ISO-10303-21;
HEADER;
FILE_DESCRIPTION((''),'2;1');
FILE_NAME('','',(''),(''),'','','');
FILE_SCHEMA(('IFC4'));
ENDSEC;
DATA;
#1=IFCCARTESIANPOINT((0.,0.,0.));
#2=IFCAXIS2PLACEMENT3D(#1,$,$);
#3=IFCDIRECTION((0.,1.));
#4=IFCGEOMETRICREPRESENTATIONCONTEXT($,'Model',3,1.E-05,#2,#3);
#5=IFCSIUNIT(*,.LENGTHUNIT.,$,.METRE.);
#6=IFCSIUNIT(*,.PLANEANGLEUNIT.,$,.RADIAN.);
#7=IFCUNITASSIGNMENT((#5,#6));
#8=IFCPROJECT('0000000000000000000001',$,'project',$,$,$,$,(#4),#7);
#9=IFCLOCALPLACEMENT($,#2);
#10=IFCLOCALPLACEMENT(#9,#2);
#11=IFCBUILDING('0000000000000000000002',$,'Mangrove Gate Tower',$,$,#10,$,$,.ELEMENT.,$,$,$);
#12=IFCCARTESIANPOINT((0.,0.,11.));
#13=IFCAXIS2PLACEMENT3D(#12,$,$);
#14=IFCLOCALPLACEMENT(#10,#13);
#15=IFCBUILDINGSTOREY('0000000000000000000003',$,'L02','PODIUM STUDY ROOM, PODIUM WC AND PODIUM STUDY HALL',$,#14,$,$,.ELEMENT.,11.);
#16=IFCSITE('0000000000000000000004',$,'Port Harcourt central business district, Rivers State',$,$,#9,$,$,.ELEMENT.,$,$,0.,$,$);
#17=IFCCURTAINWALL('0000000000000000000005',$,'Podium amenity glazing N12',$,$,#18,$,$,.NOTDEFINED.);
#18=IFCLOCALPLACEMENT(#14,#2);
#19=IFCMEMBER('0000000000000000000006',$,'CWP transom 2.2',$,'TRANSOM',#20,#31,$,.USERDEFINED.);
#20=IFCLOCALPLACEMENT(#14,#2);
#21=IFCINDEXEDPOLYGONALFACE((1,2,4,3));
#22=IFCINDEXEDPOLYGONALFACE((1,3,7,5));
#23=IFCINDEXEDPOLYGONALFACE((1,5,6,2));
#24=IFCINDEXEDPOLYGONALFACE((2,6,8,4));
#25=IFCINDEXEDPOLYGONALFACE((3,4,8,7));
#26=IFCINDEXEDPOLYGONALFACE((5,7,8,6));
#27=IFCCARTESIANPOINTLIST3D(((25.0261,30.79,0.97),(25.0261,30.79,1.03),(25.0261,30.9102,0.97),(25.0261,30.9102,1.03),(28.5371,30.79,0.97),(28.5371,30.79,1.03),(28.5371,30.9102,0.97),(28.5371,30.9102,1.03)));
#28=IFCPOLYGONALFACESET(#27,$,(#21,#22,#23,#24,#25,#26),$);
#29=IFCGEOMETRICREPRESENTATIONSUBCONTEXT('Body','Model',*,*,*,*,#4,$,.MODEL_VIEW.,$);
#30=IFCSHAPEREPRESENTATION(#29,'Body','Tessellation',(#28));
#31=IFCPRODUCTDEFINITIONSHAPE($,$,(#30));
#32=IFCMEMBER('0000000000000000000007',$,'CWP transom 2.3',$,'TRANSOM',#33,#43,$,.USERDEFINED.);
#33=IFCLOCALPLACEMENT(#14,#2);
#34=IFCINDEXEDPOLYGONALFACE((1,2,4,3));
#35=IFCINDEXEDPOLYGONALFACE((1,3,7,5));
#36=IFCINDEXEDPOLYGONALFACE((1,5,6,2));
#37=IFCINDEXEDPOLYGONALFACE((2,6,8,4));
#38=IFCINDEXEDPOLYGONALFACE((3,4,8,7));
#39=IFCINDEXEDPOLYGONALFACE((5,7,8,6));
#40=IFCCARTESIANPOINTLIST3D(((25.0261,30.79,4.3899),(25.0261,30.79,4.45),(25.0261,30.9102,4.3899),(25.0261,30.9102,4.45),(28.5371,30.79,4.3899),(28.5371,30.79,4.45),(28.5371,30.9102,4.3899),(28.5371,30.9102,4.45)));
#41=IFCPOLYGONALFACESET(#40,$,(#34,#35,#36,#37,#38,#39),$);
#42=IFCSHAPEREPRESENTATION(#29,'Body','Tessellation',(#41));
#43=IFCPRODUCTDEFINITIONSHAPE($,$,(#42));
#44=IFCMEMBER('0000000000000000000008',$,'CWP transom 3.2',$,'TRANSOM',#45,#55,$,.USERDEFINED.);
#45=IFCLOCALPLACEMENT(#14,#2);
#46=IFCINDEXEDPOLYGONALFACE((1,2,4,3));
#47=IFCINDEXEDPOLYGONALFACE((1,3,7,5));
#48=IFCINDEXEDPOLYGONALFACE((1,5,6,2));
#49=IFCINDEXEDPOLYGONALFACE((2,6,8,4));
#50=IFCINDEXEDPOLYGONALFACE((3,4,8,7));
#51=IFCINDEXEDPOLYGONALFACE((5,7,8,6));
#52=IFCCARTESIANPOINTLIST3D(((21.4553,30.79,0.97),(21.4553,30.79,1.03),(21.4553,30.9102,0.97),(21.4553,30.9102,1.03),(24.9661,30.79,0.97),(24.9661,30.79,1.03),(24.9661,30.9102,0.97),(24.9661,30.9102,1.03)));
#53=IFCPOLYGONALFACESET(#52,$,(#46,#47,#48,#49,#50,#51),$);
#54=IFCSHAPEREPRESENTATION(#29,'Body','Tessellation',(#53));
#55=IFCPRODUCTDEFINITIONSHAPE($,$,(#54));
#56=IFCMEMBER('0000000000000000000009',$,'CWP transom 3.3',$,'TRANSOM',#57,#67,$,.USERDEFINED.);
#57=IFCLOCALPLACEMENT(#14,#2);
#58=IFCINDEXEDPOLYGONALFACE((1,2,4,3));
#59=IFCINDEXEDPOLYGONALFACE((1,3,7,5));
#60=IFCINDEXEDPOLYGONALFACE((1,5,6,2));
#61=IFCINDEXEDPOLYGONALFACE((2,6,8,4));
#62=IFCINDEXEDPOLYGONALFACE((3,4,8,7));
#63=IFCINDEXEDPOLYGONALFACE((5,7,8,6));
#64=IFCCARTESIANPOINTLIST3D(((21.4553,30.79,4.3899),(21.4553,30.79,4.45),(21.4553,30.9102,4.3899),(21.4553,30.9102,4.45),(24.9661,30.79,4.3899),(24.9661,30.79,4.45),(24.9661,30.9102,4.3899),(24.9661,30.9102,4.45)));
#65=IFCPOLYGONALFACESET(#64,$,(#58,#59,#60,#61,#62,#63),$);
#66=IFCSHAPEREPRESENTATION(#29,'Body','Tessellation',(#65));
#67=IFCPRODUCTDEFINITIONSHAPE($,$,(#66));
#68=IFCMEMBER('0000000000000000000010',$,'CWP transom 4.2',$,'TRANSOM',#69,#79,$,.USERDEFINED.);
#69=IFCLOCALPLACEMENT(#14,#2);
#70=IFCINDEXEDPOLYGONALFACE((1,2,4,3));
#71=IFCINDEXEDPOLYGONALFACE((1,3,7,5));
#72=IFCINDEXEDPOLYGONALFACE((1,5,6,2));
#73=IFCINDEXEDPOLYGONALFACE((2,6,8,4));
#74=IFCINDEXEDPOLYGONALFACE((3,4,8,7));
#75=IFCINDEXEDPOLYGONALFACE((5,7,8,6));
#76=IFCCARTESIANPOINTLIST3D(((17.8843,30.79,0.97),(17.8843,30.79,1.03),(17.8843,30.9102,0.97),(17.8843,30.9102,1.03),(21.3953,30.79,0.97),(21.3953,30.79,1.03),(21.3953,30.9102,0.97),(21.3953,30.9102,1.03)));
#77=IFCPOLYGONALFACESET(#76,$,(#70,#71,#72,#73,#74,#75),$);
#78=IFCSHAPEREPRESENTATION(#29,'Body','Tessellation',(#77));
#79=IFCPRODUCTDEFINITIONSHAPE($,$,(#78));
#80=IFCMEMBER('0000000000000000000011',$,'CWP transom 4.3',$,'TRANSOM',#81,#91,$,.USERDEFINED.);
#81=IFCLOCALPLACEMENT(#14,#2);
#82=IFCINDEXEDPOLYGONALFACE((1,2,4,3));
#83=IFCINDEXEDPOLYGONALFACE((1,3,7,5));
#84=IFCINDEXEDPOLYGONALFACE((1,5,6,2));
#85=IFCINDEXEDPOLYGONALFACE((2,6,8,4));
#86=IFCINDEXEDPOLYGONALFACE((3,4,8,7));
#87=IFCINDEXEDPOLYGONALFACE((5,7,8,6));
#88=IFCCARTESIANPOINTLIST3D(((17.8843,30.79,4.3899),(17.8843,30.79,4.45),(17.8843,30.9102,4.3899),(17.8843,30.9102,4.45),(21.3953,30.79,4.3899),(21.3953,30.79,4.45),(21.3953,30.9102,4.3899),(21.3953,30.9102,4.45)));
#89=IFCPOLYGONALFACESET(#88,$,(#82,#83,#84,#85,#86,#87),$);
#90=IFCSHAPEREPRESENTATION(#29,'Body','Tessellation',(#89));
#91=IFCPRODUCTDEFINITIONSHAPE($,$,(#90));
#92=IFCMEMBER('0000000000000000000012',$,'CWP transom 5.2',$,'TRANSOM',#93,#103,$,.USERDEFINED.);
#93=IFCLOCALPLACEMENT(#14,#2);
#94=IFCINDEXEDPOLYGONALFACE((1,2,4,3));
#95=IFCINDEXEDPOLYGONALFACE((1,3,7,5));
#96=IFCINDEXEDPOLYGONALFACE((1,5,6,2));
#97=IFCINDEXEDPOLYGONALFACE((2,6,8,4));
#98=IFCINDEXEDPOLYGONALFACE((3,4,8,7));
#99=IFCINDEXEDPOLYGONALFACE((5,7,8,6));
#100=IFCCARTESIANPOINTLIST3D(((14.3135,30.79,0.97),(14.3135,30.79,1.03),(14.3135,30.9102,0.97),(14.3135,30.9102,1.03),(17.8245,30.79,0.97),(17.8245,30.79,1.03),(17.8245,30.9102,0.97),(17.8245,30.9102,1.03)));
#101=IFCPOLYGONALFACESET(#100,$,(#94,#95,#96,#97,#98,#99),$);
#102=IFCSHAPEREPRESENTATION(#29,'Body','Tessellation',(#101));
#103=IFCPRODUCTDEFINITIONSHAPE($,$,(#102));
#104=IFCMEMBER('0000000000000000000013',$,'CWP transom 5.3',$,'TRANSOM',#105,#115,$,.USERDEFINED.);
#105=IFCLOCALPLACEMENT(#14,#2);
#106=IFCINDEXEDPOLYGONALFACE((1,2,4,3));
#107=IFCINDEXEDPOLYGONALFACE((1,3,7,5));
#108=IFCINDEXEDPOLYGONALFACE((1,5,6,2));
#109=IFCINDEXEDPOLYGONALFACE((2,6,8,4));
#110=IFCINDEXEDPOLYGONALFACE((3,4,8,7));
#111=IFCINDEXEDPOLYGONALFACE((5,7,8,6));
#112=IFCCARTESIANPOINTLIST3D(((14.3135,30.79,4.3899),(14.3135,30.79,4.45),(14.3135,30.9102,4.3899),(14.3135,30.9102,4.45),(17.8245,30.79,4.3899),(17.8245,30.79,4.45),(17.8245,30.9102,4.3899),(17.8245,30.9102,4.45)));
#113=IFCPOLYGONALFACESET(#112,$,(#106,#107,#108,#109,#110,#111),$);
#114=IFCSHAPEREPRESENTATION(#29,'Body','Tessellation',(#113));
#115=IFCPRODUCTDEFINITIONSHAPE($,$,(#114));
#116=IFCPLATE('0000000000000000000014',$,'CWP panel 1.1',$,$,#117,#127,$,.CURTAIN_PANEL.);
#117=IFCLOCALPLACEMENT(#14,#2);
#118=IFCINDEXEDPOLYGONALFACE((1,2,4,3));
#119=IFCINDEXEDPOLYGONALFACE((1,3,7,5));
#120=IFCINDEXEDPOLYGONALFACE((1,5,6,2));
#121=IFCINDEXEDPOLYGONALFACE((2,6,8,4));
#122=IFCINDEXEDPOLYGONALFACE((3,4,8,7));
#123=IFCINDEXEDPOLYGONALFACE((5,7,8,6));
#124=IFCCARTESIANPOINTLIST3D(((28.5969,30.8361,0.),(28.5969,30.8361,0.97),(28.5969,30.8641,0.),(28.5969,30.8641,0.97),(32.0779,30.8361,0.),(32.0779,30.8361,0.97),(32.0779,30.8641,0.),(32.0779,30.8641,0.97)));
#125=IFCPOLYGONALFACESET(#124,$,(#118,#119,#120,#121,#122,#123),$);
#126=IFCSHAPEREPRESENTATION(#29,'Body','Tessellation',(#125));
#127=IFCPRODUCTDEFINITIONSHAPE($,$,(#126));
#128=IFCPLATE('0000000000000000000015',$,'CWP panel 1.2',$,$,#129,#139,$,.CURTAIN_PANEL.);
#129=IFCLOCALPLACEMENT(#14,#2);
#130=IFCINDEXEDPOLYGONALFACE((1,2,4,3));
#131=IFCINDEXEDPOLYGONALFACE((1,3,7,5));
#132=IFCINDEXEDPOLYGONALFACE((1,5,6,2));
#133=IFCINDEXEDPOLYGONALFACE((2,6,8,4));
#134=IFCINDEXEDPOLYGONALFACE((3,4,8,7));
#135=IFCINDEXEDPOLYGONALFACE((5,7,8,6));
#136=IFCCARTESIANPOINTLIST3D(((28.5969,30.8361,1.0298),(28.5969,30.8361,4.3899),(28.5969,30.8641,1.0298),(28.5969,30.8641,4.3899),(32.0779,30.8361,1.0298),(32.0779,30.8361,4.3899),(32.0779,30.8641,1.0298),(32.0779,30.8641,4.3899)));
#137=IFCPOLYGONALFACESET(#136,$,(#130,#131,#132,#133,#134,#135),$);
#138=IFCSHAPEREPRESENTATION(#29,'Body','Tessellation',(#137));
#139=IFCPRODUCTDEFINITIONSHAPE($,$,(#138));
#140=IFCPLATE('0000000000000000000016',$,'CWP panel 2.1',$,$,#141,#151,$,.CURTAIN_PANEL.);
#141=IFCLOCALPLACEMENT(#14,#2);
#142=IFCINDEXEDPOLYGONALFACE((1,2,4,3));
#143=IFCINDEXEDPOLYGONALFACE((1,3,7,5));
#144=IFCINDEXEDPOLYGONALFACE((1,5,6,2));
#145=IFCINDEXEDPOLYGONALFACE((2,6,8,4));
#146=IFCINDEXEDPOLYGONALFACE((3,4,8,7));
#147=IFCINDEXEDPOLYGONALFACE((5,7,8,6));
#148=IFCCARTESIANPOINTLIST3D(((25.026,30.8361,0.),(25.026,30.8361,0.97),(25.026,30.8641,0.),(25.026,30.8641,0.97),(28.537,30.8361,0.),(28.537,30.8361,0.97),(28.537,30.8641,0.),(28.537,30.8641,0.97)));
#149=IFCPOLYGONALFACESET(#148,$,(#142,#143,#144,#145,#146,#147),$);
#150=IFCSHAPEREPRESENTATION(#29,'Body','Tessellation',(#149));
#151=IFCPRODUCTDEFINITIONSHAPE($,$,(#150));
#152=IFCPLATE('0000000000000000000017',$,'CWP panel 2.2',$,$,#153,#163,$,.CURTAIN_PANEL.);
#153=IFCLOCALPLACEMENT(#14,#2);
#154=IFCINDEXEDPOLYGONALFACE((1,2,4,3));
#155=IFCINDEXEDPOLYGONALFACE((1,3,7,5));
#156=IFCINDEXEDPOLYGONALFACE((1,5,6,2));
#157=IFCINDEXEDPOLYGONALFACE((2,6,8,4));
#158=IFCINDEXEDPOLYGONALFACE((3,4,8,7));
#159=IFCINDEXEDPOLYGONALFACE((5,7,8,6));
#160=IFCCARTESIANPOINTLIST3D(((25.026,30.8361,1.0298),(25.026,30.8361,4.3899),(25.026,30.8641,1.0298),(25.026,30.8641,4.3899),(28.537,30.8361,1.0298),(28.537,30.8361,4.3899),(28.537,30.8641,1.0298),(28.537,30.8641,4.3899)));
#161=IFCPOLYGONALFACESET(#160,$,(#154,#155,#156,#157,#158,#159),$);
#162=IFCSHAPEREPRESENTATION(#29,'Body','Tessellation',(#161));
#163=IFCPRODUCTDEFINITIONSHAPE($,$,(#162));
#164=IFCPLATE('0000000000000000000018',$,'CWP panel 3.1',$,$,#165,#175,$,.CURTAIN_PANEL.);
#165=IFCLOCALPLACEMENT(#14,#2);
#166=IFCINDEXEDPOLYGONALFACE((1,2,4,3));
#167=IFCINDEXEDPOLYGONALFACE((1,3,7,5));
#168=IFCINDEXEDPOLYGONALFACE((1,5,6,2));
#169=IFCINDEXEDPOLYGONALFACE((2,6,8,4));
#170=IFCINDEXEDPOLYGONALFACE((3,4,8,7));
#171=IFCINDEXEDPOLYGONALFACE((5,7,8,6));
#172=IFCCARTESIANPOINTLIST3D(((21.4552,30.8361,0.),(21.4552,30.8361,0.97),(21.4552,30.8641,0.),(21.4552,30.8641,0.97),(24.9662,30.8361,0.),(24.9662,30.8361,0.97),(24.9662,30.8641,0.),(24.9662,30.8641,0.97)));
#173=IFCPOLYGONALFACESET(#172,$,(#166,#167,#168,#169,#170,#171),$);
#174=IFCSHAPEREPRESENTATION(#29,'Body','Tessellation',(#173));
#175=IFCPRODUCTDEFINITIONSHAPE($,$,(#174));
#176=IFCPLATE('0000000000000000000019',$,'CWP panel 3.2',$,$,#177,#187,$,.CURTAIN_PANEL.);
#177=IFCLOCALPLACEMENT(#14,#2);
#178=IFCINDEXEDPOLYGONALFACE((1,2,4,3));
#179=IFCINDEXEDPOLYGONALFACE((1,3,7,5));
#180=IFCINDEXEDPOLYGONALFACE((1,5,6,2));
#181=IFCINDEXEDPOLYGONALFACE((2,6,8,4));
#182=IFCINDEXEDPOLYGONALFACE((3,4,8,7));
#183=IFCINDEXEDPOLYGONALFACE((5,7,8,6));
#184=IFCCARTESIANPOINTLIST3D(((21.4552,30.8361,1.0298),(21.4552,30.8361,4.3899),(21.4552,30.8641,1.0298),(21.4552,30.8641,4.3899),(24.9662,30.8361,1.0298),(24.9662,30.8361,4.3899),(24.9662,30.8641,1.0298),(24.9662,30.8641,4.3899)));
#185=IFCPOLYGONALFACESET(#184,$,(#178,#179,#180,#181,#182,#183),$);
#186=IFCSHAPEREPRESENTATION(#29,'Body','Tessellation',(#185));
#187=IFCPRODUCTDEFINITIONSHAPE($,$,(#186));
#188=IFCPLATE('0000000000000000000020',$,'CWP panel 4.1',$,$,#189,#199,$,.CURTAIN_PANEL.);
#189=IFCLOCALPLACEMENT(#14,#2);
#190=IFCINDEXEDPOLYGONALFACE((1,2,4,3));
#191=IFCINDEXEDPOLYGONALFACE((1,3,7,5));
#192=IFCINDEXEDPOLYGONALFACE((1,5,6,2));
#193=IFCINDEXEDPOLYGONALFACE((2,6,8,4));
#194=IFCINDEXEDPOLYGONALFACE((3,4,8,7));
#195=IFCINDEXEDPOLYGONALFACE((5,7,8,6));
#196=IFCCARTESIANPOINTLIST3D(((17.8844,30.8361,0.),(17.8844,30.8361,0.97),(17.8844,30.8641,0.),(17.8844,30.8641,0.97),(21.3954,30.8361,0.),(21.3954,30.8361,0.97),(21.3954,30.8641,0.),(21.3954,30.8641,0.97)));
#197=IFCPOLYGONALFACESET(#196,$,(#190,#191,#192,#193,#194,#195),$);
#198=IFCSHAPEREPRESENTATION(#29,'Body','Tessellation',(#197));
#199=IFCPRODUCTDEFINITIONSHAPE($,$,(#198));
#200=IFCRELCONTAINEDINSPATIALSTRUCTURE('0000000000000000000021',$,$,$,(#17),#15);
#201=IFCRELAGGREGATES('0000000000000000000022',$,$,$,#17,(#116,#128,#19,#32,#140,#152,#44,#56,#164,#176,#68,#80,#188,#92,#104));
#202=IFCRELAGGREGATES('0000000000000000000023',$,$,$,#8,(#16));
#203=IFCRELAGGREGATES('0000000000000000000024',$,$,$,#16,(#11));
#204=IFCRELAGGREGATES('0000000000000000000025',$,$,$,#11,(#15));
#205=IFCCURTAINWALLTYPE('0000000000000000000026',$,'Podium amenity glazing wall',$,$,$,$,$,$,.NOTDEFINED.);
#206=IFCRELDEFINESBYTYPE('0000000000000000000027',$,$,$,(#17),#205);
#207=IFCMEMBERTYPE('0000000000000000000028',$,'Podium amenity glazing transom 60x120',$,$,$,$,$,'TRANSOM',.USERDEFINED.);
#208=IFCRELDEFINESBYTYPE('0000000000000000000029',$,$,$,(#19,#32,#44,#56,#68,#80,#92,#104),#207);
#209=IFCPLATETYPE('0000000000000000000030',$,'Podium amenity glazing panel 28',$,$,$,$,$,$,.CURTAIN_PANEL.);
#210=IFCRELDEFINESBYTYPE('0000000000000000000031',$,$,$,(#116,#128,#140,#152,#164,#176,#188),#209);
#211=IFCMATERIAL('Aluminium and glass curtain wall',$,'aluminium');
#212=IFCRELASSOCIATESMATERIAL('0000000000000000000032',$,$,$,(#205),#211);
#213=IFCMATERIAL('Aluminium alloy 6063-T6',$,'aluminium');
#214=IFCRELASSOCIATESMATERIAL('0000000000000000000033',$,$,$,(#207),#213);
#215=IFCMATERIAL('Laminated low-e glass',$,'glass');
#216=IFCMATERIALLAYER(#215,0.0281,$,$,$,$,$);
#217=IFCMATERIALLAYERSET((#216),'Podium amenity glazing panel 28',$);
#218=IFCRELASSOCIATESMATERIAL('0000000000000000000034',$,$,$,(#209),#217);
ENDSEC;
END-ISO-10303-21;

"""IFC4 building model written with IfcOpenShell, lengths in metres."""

from ifc_helpers import new_model, si_unit, direction, frame, origin, origin_2d, place, context, subcontext, project, spatial, rectangle, extrude, material, layer, layer_set, material_profile, profile_set, type_object, element, aggregate, save


model = new_model("IFC4")

# Units and contexts
model_context = context("Model", 3, precision=1e-05, world=origin(), true_north=direction((0.0, 1.0)))
body_context = subcontext(model_context, "Body", "Model", "MODEL_VIEW")
ifc_project = project(units=[si_unit("LENGTHUNIT", "METRE"), si_unit("PLANEANGLEUNIT", "RADIAN")], contexts=[model_context])

# Site, building, storey
site_placement = place(None, origin())
site = spatial("IfcSite", under=ifc_project, at=site_placement, Name="Port Harcourt central business district, Rivers State", CompositionType="ELEMENT", RefElevation=0.0)
building_placement = place(site_placement, origin())
building = spatial("IfcBuilding", under=site, at=building_placement, Name="Mangrove Gate Tower", CompositionType="ELEMENT")
storey_placement = place(building_placement, frame((0.0, 0.0, 11.0)))
storey = spatial("IfcBuildingStorey", under=building, at=storey_placement, Name="L02", Description="PODIUM STUDY ROOM, PODIUM WC AND PODIUM STUDY HALL", CompositionType="ELEMENT", Elevation=11.0)

# Curtain wall, members, plates
ifc_material_1 = material(Name="Aluminium and glass curtain wall", Category="aluminium")
curtain_wall_type = type_object("IfcCurtainWallType", Name="Podium amenity glazing wall", PredefinedType="NOTDEFINED", material=ifc_material_1)
curtain_wall_placement = place(storey_placement, origin())
curtain_wall = element("IfcCurtainWall", 1, at=curtain_wall_placement, inside=storey, type_object=curtain_wall_type, Name="Podium amenity glazing N12", PredefinedType="NOTDEFINED")
ifc_material_2 = material(Name="Aluminium alloy 6063-T6", Category="aluminium")
ifc_material_profile_1 = material_profile(ifc_material_2, rectangle(XDim=0.0601, YDim=0.1201, at=origin_2d()))
ifc_profile_set_1 = profile_set([ifc_material_profile_1], Name="Aluminium alloy 6063-T6")
member_type_1 = type_object("IfcMemberType", Name="Podium amenity glazing transom 60x120", ElementType="TRANSOM", PredefinedType="USERDEFINED", material=ifc_profile_set_1)
member_1_placement = place(storey_placement, frame((28.5371, 30.8501, 1.0), z_axis=(-1.0, 0.0, 0.0), x_axis=(0.0, 0.0, 1.0)))
member_1 = element("IfcMember", 2, at=member_1_placement, type_object=member_type_1, Name="CWP transom 2.2", ObjectType="TRANSOM", PredefinedType="USERDEFINED", context=body_context, shape_type="SweptSolid", body=[
    extrude(rectangle(XDim=0.0601, YDim=0.1201, at=origin_2d()), origin(), (0.0, 0.0, 1.0), 3.511),
])
member_2_placement = place(storey_placement, frame((28.5371, 30.8501, 4.4199), z_axis=(-1.0, 0.0, 0.0), x_axis=(0.0, 0.0, 1.0)))
member_2 = element("IfcMember", 3, at=member_2_placement, type_object=member_type_1, Name="CWP transom 2.3", ObjectType="TRANSOM", PredefinedType="USERDEFINED", context=body_context, shape_type="SweptSolid", body=[
    extrude(rectangle(XDim=0.0601, YDim=0.1201, at=origin_2d()), origin(), (0.0, 0.0, 1.0), 3.511),
])
member_3_placement = place(storey_placement, frame((24.9661, 30.8501, 1.0), z_axis=(-1.0, 0.0, 0.0), x_axis=(0.0, 0.0, 1.0)))
member_3 = element("IfcMember", 4, at=member_3_placement, type_object=member_type_1, Name="CWP transom 3.2", ObjectType="TRANSOM", PredefinedType="USERDEFINED", context=body_context, shape_type="SweptSolid", body=[
    extrude(rectangle(XDim=0.0601, YDim=0.1201, at=origin_2d()), origin(), (0.0, 0.0, 1.0), 3.5107),
])
member_4_placement = place(storey_placement, frame((24.9661, 30.8501, 4.4199), z_axis=(-1.0, 0.0, 0.0), x_axis=(0.0, 0.0, 1.0)))
member_4 = element("IfcMember", 5, at=member_4_placement, type_object=member_type_1, Name="CWP transom 3.3", ObjectType="TRANSOM", PredefinedType="USERDEFINED", context=body_context, shape_type="SweptSolid", body=[
    extrude(rectangle(XDim=0.0601, YDim=0.1201, at=origin_2d()), origin(), (0.0, 0.0, 1.0), 3.5107),
])
member_5_placement = place(storey_placement, frame((21.3953, 30.8501, 1.0), z_axis=(-1.0, 0.0, 0.0), x_axis=(0.0, 0.0, 1.0)))
member_5 = element("IfcMember", 6, at=member_5_placement, type_object=member_type_1, Name="CWP transom 4.2", ObjectType="TRANSOM", PredefinedType="USERDEFINED", context=body_context, shape_type="SweptSolid", body=[
    extrude(rectangle(XDim=0.0601, YDim=0.1201, at=origin_2d()), origin(), (0.0, 0.0, 1.0), 3.511),
])
member_6_placement = place(storey_placement, frame((21.3953, 30.8501, 4.4199), z_axis=(-1.0, 0.0, 0.0), x_axis=(0.0, 0.0, 1.0)))
member_6 = element("IfcMember", 7, at=member_6_placement, type_object=member_type_1, Name="CWP transom 4.3", ObjectType="TRANSOM", PredefinedType="USERDEFINED", context=body_context, shape_type="SweptSolid", body=[
    extrude(rectangle(XDim=0.0601, YDim=0.1201, at=origin_2d()), origin(), (0.0, 0.0, 1.0), 3.511),
])
member_7_placement = place(storey_placement, frame((17.8245, 30.8501, 1.0), z_axis=(-1.0, 0.0, 0.0), x_axis=(0.0, 0.0, 1.0)))
member_7 = element("IfcMember", 8, at=member_7_placement, type_object=member_type_1, Name="CWP transom 5.2", ObjectType="TRANSOM", PredefinedType="USERDEFINED", context=body_context, shape_type="SweptSolid", body=[
    extrude(rectangle(XDim=0.0601, YDim=0.1201, at=origin_2d()), origin(), (0.0, 0.0, 1.0), 3.511),
])
member_8_placement = place(storey_placement, frame((17.8245, 30.8501, 4.4199), z_axis=(-1.0, 0.0, 0.0), x_axis=(0.0, 0.0, 1.0)))
member_8 = element("IfcMember", 9, at=member_8_placement, type_object=member_type_1, Name="CWP transom 5.3", ObjectType="TRANSOM", PredefinedType="USERDEFINED", context=body_context, shape_type="SweptSolid", body=[
    extrude(rectangle(XDim=0.0601, YDim=0.1201, at=origin_2d()), origin(), (0.0, 0.0, 1.0), 3.511),
])
ifc_material_3 = material(Name="Laminated low-e glass", Category="glass")
ifc_layer_1 = layer(ifc_material_3, 0.0281)
ifc_layer_set_1 = layer_set([ifc_layer_1], Name="Podium amenity glazing panel 28")
plate_type = type_object("IfcPlateType", Name="Podium amenity glazing panel 28", PredefinedType="CURTAIN_PANEL", material=ifc_layer_set_1)
plate_1_placement = place(storey_placement, frame((30.3374, 30.8501, 0.0), z_axis=(0.0, 0.0, 1.0), x_axis=(-1.0, 0.0, 0.0)))
plate_1 = element("IfcPlate", 10, at=plate_1_placement, type_object=plate_type, Name="CWP panel 1.1", PredefinedType="CURTAIN_PANEL", context=body_context, shape_type="SweptSolid", body=[
    extrude(rectangle(XDim=3.481, YDim=0.0281, at=origin_2d()), origin(), (0.0, 0.0, 1.0), 0.97),
])
plate_2_placement = place(storey_placement, frame((30.3374, 30.8501, 1.0298), z_axis=(0.0, 0.0, 1.0), x_axis=(-1.0, 0.0, 0.0)))
plate_2 = element("IfcPlate", 11, at=plate_2_placement, type_object=plate_type, Name="CWP panel 1.2", PredefinedType="CURTAIN_PANEL", context=body_context, shape_type="SweptSolid", body=[
    extrude(rectangle(XDim=3.481, YDim=0.0281, at=origin_2d()), origin(), (0.0, 0.0, 1.0), 3.3601),
])
plate_3_placement = place(storey_placement, frame((26.7815, 30.8501, 0.0), z_axis=(0.0, 0.0, 1.0), x_axis=(-1.0, 0.0, 0.0)))
plate_3 = element("IfcPlate", 12, at=plate_3_placement, type_object=plate_type, Name="CWP panel 2.1", PredefinedType="CURTAIN_PANEL", context=body_context, shape_type="SweptSolid", body=[
    extrude(rectangle(XDim=3.511, YDim=0.0281, at=origin_2d()), origin(), (0.0, 0.0, 1.0), 0.97),
])
plate_4_placement = place(storey_placement, frame((26.7815, 30.8501, 1.0298), z_axis=(0.0, 0.0, 1.0), x_axis=(-1.0, 0.0, 0.0)))
plate_4 = element("IfcPlate", 13, at=plate_4_placement, type_object=plate_type, Name="CWP panel 2.2", PredefinedType="CURTAIN_PANEL", context=body_context, shape_type="SweptSolid", body=[
    extrude(rectangle(XDim=3.511, YDim=0.0281, at=origin_2d()), origin(), (0.0, 0.0, 1.0), 3.3601),
])
plate_5_placement = place(storey_placement, frame((23.2107, 30.8501, 0.0), z_axis=(0.0, 0.0, 1.0), x_axis=(-1.0, 0.0, 0.0)))
plate_5 = element("IfcPlate", 14, at=plate_5_placement, type_object=plate_type, Name="CWP panel 3.1", PredefinedType="CURTAIN_PANEL", context=body_context, shape_type="SweptSolid", body=[
    extrude(rectangle(XDim=3.511, YDim=0.0281, at=origin_2d()), origin(), (0.0, 0.0, 1.0), 0.97),
])
plate_6_placement = place(storey_placement, frame((23.2107, 30.8501, 1.0298), z_axis=(0.0, 0.0, 1.0), x_axis=(-1.0, 0.0, 0.0)))
plate_6 = element("IfcPlate", 15, at=plate_6_placement, type_object=plate_type, Name="CWP panel 3.2", PredefinedType="CURTAIN_PANEL", context=body_context, shape_type="SweptSolid", body=[
    extrude(rectangle(XDim=3.511, YDim=0.0281, at=origin_2d()), origin(), (0.0, 0.0, 1.0), 3.3601),
])
plate_7_placement = place(storey_placement, frame((19.6399, 30.8501, 0.0), z_axis=(0.0, 0.0, 1.0), x_axis=(-1.0, 0.0, 0.0)))
plate_7 = element("IfcPlate", 16, at=plate_7_placement, type_object=plate_type, Name="CWP panel 4.1", PredefinedType="CURTAIN_PANEL", context=body_context, shape_type="SweptSolid", body=[
    extrude(rectangle(XDim=3.511, YDim=0.0281, at=origin_2d()), origin(), (0.0, 0.0, 1.0), 0.97),
])
aggregate(curtain_wall, [plate_1, plate_2, member_1, member_2, plate_3, plate_4, member_3, member_4, plate_5, plate_6, member_5, member_6, plate_7, member_7, member_8])

save(model, "model.ifc")
